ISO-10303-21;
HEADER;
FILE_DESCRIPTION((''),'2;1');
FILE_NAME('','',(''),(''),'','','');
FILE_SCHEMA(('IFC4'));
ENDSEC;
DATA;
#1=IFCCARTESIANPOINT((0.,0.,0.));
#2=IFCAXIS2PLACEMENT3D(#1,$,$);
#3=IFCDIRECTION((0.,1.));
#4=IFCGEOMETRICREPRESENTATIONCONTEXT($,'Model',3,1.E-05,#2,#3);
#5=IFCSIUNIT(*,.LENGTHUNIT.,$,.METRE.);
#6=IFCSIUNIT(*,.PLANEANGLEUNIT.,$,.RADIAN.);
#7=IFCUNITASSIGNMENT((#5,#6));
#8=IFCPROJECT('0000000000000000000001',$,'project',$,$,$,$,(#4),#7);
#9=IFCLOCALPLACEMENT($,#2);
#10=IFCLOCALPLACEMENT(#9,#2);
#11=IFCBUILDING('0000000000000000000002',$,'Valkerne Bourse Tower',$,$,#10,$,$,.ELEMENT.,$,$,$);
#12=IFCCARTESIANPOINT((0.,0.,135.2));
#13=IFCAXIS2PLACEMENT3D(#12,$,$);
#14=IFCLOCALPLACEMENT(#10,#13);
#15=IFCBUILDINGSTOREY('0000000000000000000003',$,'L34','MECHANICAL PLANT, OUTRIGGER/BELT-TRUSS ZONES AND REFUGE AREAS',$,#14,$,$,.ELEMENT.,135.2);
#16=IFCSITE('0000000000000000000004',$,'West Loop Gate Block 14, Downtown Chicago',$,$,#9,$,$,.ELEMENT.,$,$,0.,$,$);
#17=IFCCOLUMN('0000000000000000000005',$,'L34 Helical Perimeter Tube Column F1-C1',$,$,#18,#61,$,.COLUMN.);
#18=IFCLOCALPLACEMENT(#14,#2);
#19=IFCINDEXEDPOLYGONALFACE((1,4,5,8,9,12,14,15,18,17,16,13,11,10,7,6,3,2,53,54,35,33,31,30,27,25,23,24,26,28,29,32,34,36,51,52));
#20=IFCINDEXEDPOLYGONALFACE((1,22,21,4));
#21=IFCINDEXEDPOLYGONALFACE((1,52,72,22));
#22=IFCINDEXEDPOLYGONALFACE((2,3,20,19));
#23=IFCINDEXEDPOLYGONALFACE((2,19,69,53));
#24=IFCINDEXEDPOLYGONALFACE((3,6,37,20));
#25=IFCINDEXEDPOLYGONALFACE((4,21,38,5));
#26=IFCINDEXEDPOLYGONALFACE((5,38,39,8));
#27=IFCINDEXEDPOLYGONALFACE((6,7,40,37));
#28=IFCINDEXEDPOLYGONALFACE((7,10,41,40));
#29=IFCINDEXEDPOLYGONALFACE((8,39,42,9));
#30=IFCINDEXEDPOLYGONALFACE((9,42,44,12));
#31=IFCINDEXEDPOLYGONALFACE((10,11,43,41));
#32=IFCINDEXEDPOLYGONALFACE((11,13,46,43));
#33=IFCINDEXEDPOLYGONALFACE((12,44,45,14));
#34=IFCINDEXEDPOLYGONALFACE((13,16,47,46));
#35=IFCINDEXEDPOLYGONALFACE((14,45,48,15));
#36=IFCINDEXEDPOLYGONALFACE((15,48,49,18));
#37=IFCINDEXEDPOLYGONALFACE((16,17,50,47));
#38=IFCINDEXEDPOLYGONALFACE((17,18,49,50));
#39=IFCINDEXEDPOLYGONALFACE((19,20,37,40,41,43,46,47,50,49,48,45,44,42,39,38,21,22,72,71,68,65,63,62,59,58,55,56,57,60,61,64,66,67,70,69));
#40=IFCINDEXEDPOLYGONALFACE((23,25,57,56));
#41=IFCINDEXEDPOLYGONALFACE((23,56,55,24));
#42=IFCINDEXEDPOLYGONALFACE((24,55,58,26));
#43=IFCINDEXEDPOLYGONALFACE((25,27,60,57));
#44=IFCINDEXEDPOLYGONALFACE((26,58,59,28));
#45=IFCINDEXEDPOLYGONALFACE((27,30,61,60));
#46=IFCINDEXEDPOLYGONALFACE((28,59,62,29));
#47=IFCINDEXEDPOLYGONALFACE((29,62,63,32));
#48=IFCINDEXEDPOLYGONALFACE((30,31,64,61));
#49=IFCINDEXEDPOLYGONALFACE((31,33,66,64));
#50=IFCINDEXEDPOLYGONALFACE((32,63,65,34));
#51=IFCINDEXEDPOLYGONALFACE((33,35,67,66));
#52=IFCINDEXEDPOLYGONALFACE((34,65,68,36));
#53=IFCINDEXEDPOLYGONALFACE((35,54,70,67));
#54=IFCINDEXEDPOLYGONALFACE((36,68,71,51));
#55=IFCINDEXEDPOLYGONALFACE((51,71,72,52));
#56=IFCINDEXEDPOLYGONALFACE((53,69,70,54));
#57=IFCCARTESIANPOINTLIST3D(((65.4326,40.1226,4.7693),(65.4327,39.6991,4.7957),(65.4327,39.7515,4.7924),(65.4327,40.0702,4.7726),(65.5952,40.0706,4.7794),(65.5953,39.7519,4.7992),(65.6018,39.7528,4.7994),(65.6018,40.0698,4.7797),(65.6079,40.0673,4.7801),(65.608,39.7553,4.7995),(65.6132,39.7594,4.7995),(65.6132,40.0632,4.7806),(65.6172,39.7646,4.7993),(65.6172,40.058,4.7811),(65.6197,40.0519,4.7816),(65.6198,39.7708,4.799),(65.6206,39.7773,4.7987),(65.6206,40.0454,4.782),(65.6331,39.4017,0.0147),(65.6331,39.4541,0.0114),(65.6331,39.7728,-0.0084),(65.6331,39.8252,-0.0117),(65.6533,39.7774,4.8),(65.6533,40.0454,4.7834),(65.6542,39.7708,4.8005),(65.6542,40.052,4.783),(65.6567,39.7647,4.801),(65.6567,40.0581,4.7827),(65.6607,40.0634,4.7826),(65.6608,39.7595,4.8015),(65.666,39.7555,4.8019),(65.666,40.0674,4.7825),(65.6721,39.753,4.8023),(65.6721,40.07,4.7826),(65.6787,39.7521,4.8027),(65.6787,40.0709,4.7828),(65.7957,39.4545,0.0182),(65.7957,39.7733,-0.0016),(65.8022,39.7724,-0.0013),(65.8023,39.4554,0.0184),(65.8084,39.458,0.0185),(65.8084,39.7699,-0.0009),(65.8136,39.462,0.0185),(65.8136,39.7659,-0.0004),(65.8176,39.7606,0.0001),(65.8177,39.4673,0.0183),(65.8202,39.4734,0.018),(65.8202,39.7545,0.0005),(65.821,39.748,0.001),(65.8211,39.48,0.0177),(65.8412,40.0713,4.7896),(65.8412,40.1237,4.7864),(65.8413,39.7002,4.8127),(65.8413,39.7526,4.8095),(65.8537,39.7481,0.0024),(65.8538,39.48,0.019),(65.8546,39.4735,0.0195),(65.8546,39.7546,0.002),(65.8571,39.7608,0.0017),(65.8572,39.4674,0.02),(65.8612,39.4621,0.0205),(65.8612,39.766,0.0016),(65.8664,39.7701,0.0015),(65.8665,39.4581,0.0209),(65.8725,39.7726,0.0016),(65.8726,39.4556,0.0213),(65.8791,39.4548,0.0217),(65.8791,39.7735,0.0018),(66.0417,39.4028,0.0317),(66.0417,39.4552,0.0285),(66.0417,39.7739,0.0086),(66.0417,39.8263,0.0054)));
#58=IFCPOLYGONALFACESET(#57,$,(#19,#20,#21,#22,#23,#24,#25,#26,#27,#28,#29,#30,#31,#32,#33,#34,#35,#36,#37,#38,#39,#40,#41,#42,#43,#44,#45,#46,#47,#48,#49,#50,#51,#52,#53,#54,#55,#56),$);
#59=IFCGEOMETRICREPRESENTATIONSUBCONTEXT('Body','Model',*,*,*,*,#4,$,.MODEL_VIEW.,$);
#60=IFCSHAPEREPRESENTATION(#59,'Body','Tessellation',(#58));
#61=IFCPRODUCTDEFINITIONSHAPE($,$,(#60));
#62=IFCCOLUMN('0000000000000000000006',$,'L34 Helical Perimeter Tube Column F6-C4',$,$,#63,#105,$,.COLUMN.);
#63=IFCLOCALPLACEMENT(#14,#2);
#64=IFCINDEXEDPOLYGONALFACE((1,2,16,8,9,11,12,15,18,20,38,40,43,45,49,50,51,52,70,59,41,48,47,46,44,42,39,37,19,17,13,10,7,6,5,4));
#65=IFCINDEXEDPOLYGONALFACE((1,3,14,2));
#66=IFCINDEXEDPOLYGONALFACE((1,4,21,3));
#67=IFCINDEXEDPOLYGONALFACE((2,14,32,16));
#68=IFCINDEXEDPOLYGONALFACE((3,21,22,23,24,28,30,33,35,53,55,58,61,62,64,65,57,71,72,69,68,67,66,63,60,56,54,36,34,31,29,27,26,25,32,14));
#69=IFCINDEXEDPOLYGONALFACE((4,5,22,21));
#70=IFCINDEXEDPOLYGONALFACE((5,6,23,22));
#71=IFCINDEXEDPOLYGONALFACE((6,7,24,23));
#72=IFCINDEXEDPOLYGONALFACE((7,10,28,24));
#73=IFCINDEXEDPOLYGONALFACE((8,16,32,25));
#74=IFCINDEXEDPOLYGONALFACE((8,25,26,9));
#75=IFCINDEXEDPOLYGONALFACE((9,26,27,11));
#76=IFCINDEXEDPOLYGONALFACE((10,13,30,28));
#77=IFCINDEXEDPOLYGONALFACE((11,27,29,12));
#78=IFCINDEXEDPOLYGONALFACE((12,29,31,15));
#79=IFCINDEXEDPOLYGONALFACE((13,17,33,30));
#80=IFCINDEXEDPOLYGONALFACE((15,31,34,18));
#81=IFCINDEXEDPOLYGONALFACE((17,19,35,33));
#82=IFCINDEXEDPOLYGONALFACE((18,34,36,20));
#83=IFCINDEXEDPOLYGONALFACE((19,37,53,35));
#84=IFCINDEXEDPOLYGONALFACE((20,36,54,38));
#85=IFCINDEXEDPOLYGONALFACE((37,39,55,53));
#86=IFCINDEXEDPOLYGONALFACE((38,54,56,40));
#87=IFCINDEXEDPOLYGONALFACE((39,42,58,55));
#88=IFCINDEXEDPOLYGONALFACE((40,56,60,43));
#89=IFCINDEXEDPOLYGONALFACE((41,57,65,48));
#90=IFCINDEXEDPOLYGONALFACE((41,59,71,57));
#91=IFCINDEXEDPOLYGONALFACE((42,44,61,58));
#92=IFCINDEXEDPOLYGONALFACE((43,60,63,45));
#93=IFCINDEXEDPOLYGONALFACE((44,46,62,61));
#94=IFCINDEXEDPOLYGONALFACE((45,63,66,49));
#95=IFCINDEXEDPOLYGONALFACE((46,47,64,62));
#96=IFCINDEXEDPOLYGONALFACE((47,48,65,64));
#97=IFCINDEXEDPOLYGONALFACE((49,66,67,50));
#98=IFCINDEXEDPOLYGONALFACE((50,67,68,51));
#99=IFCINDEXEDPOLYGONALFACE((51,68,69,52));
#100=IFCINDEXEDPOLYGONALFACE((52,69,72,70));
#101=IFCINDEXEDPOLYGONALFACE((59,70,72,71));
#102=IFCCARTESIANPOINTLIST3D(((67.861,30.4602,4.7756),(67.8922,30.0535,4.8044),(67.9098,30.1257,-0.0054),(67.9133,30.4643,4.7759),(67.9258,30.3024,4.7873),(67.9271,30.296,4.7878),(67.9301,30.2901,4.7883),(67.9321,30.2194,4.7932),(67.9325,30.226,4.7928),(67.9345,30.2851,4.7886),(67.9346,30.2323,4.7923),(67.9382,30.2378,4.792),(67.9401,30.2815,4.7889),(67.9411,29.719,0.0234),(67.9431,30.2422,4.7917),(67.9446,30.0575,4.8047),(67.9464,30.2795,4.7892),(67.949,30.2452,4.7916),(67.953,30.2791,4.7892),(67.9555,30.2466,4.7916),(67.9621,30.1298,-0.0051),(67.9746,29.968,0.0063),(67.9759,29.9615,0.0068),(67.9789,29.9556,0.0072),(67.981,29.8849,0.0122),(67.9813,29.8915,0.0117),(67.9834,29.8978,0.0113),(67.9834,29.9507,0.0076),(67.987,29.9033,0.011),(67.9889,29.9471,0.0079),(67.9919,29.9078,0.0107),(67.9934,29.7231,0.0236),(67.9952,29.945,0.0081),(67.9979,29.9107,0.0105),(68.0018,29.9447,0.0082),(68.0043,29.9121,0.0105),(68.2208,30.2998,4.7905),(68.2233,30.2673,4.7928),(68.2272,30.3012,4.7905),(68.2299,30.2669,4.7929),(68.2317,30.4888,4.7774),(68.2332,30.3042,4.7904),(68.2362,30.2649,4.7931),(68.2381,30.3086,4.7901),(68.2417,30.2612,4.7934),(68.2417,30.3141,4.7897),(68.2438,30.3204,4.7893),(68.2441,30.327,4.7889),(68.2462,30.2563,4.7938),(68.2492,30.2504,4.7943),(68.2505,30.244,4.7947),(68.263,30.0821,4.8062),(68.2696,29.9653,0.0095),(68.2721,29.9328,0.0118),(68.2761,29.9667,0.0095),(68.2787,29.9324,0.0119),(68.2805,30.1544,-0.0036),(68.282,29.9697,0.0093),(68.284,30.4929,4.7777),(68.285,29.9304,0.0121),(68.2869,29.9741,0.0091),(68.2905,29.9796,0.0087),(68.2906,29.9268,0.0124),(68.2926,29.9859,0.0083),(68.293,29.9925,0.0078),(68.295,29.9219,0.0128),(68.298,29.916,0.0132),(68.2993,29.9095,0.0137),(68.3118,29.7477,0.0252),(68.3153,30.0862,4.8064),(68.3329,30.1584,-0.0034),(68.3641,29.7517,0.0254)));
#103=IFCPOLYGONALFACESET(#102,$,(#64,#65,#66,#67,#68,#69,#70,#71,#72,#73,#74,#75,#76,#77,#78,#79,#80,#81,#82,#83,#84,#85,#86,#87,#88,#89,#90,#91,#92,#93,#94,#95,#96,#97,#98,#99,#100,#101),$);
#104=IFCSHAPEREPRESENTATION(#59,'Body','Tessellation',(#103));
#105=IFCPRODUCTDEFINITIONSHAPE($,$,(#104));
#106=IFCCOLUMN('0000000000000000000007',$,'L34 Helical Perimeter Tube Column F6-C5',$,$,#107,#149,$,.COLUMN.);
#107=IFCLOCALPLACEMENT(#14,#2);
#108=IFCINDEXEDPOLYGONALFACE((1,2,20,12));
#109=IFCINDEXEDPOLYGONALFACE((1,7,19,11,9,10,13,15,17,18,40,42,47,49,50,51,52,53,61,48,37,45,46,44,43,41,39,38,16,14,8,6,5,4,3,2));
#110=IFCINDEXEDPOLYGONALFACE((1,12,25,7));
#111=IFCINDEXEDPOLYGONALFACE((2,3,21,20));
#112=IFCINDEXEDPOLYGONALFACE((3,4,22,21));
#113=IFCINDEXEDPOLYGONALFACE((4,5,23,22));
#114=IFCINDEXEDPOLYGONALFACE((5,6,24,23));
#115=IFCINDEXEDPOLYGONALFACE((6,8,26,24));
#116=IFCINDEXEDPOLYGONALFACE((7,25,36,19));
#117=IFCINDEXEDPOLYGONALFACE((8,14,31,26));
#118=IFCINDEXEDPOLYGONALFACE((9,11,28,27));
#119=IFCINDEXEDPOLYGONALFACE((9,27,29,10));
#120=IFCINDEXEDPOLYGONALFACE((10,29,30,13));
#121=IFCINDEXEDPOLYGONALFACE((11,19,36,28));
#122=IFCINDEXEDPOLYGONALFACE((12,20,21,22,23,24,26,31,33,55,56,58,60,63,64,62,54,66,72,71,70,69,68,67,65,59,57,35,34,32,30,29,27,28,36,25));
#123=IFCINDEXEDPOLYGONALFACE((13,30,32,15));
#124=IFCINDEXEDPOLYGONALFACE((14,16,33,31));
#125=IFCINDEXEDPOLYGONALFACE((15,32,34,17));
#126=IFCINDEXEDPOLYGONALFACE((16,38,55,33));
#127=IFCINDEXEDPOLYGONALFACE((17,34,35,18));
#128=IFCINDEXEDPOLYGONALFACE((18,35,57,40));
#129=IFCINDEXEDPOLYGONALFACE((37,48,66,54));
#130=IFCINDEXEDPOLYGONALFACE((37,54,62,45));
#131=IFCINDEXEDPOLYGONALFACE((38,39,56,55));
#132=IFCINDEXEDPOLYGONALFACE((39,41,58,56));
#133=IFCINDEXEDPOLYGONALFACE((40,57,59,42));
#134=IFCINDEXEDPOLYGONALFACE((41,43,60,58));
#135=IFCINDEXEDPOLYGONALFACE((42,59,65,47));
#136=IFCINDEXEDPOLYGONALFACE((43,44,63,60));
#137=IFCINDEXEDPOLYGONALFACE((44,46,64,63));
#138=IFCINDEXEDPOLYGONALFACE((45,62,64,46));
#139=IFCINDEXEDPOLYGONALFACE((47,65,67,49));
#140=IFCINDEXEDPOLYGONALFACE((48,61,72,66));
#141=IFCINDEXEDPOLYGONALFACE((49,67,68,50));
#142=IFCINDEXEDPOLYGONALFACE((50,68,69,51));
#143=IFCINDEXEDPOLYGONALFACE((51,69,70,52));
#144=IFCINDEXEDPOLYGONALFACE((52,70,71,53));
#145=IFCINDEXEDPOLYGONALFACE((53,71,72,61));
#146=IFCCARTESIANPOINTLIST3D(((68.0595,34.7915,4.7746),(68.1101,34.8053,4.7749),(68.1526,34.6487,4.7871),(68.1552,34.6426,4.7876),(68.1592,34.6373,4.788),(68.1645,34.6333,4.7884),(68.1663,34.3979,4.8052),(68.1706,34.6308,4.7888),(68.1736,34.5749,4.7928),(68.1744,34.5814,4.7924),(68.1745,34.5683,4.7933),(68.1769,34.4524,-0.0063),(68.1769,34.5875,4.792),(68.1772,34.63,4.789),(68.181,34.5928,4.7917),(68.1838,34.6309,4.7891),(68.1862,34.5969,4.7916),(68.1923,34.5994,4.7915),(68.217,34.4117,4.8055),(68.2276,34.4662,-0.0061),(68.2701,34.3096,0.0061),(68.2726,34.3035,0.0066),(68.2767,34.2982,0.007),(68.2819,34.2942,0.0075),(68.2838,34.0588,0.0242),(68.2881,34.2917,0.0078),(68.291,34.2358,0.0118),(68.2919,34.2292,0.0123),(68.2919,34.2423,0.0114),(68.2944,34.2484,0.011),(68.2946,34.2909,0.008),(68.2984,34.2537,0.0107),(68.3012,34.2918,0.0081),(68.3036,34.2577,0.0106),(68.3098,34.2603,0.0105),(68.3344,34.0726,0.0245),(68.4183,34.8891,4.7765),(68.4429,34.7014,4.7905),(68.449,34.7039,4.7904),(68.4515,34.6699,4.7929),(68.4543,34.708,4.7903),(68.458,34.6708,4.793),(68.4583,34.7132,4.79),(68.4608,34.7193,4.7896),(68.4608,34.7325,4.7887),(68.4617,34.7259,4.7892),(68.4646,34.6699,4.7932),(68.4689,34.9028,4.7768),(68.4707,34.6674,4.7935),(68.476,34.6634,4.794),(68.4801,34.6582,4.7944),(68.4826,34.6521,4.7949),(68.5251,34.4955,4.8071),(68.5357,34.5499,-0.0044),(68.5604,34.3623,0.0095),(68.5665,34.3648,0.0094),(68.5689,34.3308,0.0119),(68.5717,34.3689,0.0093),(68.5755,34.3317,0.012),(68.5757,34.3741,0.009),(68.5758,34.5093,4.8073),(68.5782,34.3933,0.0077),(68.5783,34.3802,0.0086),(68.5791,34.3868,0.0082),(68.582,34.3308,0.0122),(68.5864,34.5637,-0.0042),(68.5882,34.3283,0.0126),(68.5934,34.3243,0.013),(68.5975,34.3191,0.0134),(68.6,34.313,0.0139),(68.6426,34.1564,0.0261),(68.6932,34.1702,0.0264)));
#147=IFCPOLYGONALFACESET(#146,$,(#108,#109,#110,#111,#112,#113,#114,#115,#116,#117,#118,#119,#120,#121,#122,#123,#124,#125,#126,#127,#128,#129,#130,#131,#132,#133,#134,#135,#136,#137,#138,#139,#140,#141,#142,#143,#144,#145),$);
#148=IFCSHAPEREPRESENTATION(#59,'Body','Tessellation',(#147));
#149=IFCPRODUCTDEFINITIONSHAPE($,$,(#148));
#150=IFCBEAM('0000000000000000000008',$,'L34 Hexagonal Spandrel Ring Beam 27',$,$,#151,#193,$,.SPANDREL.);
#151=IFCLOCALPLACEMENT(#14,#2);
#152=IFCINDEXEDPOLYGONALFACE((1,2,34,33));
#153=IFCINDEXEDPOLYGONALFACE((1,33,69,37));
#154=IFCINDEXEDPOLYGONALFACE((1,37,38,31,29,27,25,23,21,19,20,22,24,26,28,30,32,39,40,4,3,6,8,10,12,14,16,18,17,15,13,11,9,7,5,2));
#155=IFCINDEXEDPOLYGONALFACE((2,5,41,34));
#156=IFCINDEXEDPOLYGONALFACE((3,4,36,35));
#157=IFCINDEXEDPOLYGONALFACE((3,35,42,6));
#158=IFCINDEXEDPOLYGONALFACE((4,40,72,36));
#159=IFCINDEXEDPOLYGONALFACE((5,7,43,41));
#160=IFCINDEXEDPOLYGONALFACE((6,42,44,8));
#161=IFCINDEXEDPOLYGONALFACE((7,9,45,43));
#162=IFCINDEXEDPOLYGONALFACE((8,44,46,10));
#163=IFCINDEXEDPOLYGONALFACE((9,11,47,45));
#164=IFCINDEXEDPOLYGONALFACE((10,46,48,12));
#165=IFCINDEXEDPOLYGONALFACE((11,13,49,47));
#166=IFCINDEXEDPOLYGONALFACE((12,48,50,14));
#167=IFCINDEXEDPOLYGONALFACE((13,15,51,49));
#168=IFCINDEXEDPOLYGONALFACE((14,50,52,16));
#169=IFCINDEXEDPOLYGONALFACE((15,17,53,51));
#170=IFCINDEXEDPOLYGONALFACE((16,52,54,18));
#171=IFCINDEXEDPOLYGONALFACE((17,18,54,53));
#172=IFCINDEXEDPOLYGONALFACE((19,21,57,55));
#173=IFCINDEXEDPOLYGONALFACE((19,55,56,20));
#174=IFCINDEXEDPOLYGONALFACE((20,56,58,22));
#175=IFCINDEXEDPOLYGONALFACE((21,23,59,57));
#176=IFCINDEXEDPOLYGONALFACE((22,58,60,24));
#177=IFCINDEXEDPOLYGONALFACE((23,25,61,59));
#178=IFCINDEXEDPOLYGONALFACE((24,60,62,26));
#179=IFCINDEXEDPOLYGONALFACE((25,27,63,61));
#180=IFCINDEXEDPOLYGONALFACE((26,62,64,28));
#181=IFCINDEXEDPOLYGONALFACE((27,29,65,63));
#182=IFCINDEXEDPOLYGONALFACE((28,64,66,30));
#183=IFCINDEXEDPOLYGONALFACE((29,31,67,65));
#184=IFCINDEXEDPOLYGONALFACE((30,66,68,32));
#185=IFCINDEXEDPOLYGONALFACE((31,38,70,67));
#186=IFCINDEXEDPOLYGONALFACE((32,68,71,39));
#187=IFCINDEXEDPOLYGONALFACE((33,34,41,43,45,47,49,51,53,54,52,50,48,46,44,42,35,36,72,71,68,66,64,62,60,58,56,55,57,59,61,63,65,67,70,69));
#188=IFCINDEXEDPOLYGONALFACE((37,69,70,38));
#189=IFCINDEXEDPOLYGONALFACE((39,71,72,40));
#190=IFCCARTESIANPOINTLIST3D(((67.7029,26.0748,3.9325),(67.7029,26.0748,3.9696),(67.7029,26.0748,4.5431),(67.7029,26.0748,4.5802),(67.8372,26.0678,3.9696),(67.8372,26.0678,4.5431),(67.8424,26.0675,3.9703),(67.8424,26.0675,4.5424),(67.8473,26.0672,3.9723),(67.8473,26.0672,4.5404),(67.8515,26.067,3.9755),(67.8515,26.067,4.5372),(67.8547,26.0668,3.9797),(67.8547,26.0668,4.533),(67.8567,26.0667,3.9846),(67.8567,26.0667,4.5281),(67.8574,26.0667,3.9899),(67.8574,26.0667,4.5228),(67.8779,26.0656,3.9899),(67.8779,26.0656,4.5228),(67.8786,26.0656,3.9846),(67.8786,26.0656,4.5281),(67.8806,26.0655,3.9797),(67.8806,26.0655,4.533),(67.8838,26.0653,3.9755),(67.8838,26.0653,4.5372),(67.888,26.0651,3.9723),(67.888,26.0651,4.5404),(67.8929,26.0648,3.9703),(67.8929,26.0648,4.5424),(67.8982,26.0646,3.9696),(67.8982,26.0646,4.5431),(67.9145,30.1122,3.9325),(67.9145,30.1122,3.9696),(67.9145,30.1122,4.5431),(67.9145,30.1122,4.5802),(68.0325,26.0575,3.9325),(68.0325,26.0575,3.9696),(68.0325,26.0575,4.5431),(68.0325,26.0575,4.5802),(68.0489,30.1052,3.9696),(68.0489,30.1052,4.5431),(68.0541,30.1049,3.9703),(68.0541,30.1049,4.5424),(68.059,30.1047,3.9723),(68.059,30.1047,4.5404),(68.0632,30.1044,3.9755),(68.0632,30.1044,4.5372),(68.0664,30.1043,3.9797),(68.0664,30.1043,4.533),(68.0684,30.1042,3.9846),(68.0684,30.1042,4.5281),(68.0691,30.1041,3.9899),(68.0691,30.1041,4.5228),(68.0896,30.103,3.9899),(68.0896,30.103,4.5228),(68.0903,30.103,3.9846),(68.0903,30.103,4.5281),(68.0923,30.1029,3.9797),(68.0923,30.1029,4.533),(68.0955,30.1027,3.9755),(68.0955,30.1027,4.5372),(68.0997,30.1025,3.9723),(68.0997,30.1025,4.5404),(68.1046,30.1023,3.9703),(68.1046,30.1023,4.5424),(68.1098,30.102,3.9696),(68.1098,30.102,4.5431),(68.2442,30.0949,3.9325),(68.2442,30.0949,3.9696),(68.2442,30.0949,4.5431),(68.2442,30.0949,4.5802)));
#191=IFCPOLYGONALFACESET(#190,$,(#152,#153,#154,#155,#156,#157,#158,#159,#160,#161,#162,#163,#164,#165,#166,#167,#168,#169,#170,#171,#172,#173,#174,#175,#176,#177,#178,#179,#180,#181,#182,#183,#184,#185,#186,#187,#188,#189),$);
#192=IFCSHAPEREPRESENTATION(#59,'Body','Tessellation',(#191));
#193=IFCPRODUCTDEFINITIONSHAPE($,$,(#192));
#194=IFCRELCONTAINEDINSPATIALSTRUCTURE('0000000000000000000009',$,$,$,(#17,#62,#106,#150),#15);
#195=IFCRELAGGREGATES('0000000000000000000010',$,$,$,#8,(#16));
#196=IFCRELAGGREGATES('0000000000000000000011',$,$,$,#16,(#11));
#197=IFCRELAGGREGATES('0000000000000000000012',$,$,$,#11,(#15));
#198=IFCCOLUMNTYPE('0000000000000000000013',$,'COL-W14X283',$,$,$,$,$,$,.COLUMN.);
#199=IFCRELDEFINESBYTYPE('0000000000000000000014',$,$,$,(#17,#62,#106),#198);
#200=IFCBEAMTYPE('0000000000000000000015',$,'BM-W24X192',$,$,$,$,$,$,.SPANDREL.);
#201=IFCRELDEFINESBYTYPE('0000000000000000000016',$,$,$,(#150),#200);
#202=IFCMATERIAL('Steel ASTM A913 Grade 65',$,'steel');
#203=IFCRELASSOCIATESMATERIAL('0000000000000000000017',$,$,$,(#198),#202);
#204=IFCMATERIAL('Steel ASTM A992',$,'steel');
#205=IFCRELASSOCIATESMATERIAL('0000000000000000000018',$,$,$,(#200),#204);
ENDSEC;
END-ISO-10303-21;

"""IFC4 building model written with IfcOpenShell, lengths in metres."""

from ifc_helpers import new_model, si_unit, direction, frame, origin, origin_2d, place, context, subcontext, project, spatial, i_section, extrude, material, material_profile, profile_set, type_object, element, save


model = new_model("IFC4")

# Units and contexts
model_context = context("Model", 3, precision=1e-05, world=origin(), true_north=direction((0.0, 1.0)))
body_context = subcontext(model_context, "Body", "Model", "MODEL_VIEW")
ifc_project = project(units=[si_unit("LENGTHUNIT", "METRE"), si_unit("PLANEANGLEUNIT", "RADIAN")], contexts=[model_context])

# Site, building, storey
site_placement = place(None, origin())
site = spatial("IfcSite", under=ifc_project, at=site_placement, Name="West Loop Gate Block 14, Downtown Chicago", CompositionType="ELEMENT", RefElevation=0.0)
building_placement = place(site_placement, origin())
building = spatial("IfcBuilding", under=site, at=building_placement, Name="Valkerne Bourse Tower", CompositionType="ELEMENT")
storey_placement = place(building_placement, frame((0.0, 0.0, 135.2)))
storey = spatial("IfcBuildingStorey", under=building, at=storey_placement, Name="L34", Description="MECHANICAL PLANT, OUTRIGGER/BELT-TRUSS ZONES AND REFUGE AREAS", CompositionType="ELEMENT", Elevation=135.2)

# Columns
ifc_material_1 = material(Name="Steel ASTM A913 Grade 65", Category="steel")
ifc_material_profile_1 = material_profile(ifc_material_1, i_section(OverallWidth=0.4089, OverallDepth=0.4243, WebThickness=0.0327, FlangeThickness=0.0525, FilletRadius=0.0254, at=origin_2d()), Name="W14X283")
ifc_profile_set_1 = profile_set([ifc_material_profile_1], Name="Steel ASTM A913 Grade 65")
column_type = type_object("IfcColumnType", Name="COL-W14X283", PredefinedType="COLUMN", material=ifc_profile_set_1)
column_1_placement = place(storey_placement, frame((65.8374, 39.614, 0.01), z_axis=(-0.041807, 0.062023, 0.997199), x_axis=(0.999126, 0.00273, 0.041718)))
element("IfcColumn", 1, at=column_1_placement, inside=storey, type_object=column_type, Name="L34 Helical Perimeter Tube Column F1-C1", PredefinedType="COLUMN", context=body_context, shape_type="SweptSolid", body=[
    extrude(i_section(OverallWidth=0.4089, OverallDepth=0.4243, WebThickness=0.0327, FlangeThickness=0.0525, FilletRadius=0.0254, at=origin_2d()), origin(), (0.0, 0.0, 1.0), 4.7944),
])
column_2_placement = place(storey_placement, frame((68.137, 29.9387, 0.01), z_axis=(-0.010188, 0.069784, 0.99751), x_axis=(0.076459, -0.994587, 0.070361)))
element("IfcColumn", 2, at=column_2_placement, inside=storey, type_object=column_type, Name="L34 Helical Perimeter Tube Column F6-C4", PredefinedType="COLUMN", context=body_context, shape_type="SweptSolid", body=[
    extrude(i_section(OverallWidth=0.4089, OverallDepth=0.4243, WebThickness=0.0327, FlangeThickness=0.0525, FilletRadius=0.0254, at=origin_2d()), origin(), (0.0, 0.0, 1.0), 4.793),
])
column_3_placement = place(storey_placement, frame((68.4351, 34.3113, 0.01), z_axis=(-0.024493, 0.07073, 0.997195), x_axis=(0.261283, -0.962369, 0.074677)))
element("IfcColumn", 3, at=column_3_placement, inside=storey, type_object=column_type, Name="L34 Helical Perimeter Tube Column F6-C5", PredefinedType="COLUMN", context=body_context, shape_type="SweptSolid", body=[
    extrude(i_section(OverallWidth=0.4089, OverallDepth=0.4243, WebThickness=0.0327, FlangeThickness=0.0525, FilletRadius=0.0254, at=origin_2d()), origin(), (0.0, 0.0, 1.0), 4.7944),
])

# Beam
ifc_material_2 = material(Name="Steel ASTM A992", Category="steel")
ifc_material_profile_2 = material_profile(ifc_material_2, i_section(OverallWidth=0.3301, OverallDepth=0.6477, WebThickness=0.0205, FlangeThickness=0.0371, FilletRadius=0.0203, at=origin_2d()), Name="W24X192")
ifc_profile_set_2 = profile_set([ifc_material_profile_2], Name="Steel ASTM A992")
beam_type_1 = type_object("IfcBeamType", Name="BM-W24X192", PredefinedType="SPANDREL", material=ifc_profile_set_2)
for number, where, z_axis, x_axis, name in (
    (4, (67.8677, 26.0662, 4.2563), (0.052356, 0.998628, 0.0), (-0.998628, 0.052356, 0.0), "L34 Hexagonal Spandrel Ring Beam 27"),
):
    element("IfcBeam", number, at=place(storey_placement, frame(where, z_axis=z_axis, x_axis=x_axis)), inside=storey, type_object=beam_type_1, Name=name, PredefinedType="SPANDREL", context=body_context, shape_type="SweptSolid", body=[
        extrude(i_section(OverallWidth=0.3301, OverallDepth=0.6477, WebThickness=0.0205, FlangeThickness=0.0371, FilletRadius=0.0203, at=origin_2d()), origin(), (0.0, 0.0, 1.0), 4.043),
    ])

save(model, "model.ifc")
